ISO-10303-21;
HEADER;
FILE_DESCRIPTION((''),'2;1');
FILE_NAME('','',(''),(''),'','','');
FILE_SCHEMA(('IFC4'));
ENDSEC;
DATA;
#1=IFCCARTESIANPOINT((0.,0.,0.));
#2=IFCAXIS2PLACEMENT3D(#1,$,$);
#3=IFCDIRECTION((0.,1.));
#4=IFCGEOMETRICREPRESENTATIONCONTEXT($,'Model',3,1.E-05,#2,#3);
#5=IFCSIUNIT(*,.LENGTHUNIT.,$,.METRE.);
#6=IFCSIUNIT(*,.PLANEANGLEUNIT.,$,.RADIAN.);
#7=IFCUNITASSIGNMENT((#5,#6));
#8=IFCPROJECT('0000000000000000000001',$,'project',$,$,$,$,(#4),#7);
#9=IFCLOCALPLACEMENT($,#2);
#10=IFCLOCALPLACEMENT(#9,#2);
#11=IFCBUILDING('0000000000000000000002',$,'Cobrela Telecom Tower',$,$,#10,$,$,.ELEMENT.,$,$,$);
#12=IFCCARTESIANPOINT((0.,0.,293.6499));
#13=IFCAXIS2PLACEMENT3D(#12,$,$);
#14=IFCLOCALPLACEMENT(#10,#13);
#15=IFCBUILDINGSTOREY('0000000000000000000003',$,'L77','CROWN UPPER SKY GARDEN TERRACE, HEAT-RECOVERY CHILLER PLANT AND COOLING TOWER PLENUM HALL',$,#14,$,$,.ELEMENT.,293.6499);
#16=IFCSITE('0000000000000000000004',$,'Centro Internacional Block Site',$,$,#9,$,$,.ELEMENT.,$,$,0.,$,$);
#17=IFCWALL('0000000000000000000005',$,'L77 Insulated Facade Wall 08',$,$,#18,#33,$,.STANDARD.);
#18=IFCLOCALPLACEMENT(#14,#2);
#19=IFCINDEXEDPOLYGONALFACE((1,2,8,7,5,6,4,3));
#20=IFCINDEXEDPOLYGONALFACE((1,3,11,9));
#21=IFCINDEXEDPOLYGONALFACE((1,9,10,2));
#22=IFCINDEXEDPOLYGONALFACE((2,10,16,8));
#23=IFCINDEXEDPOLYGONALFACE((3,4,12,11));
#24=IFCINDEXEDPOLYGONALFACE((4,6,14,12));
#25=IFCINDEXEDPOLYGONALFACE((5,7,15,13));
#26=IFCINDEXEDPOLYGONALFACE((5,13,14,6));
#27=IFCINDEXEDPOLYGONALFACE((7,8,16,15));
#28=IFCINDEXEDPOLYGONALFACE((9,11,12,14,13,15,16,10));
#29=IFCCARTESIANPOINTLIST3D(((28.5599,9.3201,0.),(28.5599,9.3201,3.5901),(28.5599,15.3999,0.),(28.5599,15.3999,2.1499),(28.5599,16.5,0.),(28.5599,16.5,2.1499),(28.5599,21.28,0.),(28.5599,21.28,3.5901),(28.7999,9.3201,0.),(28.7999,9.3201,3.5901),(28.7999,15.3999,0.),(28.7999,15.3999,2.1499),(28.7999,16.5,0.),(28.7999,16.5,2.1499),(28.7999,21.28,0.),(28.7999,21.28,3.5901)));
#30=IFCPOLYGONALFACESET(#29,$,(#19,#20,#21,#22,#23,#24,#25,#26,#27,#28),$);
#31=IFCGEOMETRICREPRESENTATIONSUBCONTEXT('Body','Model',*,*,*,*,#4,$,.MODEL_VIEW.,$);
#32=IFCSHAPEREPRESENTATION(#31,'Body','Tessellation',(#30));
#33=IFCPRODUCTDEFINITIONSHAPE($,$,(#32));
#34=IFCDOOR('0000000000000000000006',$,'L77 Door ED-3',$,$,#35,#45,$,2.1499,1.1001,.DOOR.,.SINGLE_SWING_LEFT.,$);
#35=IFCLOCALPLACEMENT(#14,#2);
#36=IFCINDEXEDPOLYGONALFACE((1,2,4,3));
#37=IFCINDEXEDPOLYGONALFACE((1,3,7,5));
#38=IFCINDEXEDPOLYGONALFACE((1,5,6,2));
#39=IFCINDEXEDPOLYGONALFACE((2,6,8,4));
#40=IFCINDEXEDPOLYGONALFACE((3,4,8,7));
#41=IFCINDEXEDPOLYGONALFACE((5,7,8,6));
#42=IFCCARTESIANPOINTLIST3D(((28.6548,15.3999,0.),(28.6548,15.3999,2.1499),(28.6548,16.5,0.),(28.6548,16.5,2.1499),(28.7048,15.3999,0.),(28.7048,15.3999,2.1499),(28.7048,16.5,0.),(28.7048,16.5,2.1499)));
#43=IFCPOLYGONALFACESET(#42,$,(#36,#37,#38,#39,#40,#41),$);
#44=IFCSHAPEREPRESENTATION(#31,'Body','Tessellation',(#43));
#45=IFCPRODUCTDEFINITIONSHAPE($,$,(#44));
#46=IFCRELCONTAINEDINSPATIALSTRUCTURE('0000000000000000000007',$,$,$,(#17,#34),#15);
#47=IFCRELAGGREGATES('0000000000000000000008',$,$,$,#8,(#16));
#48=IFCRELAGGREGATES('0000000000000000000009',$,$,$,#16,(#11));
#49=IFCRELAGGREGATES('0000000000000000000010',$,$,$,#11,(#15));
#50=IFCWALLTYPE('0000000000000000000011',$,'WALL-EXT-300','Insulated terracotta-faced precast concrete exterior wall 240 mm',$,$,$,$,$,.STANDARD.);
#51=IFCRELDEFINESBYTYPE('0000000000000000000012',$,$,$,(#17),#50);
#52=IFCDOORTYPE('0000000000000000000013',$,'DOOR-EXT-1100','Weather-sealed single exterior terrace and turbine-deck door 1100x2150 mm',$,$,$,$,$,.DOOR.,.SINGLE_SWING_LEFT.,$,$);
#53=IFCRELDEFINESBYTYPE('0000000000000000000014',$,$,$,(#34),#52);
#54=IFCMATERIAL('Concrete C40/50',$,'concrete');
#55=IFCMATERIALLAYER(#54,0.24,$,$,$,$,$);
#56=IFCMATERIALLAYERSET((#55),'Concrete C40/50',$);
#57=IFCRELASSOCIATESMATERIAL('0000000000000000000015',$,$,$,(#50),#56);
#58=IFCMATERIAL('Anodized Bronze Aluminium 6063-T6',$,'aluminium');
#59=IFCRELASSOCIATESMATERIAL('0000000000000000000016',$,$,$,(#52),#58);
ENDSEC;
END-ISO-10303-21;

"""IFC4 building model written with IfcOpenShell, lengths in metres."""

from ifc_helpers import new_model, si_unit, direction, frame, frame_2d, origin, place, context, subcontext, project, spatial, rectangle, extrude, material, layer, layer_set, type_object, element, fill, save


model = new_model("IFC4")

# Units and contexts
model_context = context("Model", 3, precision=1e-05, world=origin(), true_north=direction((0.0, 1.0)))
body_context = subcontext(model_context, "Body", "Model", "MODEL_VIEW")
ifc_project = project(units=[si_unit("LENGTHUNIT", "METRE"), si_unit("PLANEANGLEUNIT", "RADIAN")], contexts=[model_context])

# Site, building, storey
site_placement = place(None, origin())
site = spatial("IfcSite", under=ifc_project, at=site_placement, Name="Centro Internacional Block Site", CompositionType="ELEMENT", RefElevation=0.0)
building_placement = place(site_placement, origin())
building = spatial("IfcBuilding", under=site, at=building_placement, Name="Cobrela Telecom Tower", CompositionType="ELEMENT")
storey_placement = place(building_placement, frame((0.0, 0.0, 293.6499)))
storey = spatial("IfcBuildingStorey", under=building, at=storey_placement, Name="L77", Description="CROWN UPPER SKY GARDEN TERRACE, HEAT-RECOVERY CHILLER PLANT AND COOLING TOWER PLENUM HALL", CompositionType="ELEMENT", Elevation=293.6499)

# Shared definitions
ifc_material_1 = material(Name="Anodized Bronze Aluminium 6063-T6", Category="aluminium")

# Shared definitions
ifc_material_2 = material(Name="Concrete C40/50", Category="concrete")
ifc_layer_1 = layer(ifc_material_2, 0.24)
ifc_layer_set_1 = layer_set([ifc_layer_1], Name="Concrete C40/50")
wall_type = type_object("IfcWallType", Name="WALL-EXT-300", Description="Insulated terracotta-faced precast concrete exterior wall 240 mm", PredefinedType="STANDARD", material=ifc_layer_set_1)

# Wall, opening, door
wall_1_placement = place(storey_placement, frame((28.6799, 21.28, 0.0), z_axis=(0.0, 0.0, 1.0), x_axis=(0.0, -1.0, 0.0)))
wall_1 = element("IfcWall", 1, at=wall_1_placement, inside=storey, type_object=wall_type, Name="L77 Insulated Facade Wall 08", PredefinedType="STANDARD", context=body_context, shape_type="SweptSolid", body=[
    extrude(rectangle(XDim=11.96, YDim=0.24, at=frame_2d((5.98, 0.0))), origin(), (0.0, 0.0, 1.0), 3.5901),
])
opening_placement = place(wall_1_placement, frame((4.78, 0.0, 0.0)))
opening = element("IfcOpeningElement", 2, at=opening_placement, cuts=wall_1, PredefinedType="OPENING", context=body_context, shape_type="SweptSolid", body=[
    extrude(rectangle(XDim=1.1001, YDim=2.1499, at=frame_2d((0.55, 1.075))), frame((0.0, 0.1318, 0.0), z_axis=(0.0, -1.0, 0.0), x_axis=(1.0, 0.0, 0.0)), (0.0, 0.0, 1.0), 0.2639),
])
door_type = type_object("IfcDoorType", Name="DOOR-EXT-1100", Description="Weather-sealed single exterior terrace and turbine-deck door 1100x2150 mm", OperationType="SINGLE_SWING_LEFT", PredefinedType="DOOR", material=ifc_material_1)
door_placement = place(opening_placement, origin())
door = element("IfcDoor", 3, at=door_placement, inside=storey, type_object=door_type, Name="L77 Door ED-3", OperationType="SINGLE_SWING_LEFT", OverallHeight=2.1499, OverallWidth=1.1001, PredefinedType="DOOR", context=body_context, shape_type="SweptSolid", body=[
    extrude(rectangle(XDim=1.1001, YDim=2.1499, at=frame_2d((0.55, 1.075))), frame((0.0, 0.0249, 0.0), z_axis=(0.0, -1.0, 0.0), x_axis=(1.0, 0.0, 0.0)), (0.0, 0.0, 1.0), 0.05),
])
fill(opening, door)

save(model, "model.ifc")
